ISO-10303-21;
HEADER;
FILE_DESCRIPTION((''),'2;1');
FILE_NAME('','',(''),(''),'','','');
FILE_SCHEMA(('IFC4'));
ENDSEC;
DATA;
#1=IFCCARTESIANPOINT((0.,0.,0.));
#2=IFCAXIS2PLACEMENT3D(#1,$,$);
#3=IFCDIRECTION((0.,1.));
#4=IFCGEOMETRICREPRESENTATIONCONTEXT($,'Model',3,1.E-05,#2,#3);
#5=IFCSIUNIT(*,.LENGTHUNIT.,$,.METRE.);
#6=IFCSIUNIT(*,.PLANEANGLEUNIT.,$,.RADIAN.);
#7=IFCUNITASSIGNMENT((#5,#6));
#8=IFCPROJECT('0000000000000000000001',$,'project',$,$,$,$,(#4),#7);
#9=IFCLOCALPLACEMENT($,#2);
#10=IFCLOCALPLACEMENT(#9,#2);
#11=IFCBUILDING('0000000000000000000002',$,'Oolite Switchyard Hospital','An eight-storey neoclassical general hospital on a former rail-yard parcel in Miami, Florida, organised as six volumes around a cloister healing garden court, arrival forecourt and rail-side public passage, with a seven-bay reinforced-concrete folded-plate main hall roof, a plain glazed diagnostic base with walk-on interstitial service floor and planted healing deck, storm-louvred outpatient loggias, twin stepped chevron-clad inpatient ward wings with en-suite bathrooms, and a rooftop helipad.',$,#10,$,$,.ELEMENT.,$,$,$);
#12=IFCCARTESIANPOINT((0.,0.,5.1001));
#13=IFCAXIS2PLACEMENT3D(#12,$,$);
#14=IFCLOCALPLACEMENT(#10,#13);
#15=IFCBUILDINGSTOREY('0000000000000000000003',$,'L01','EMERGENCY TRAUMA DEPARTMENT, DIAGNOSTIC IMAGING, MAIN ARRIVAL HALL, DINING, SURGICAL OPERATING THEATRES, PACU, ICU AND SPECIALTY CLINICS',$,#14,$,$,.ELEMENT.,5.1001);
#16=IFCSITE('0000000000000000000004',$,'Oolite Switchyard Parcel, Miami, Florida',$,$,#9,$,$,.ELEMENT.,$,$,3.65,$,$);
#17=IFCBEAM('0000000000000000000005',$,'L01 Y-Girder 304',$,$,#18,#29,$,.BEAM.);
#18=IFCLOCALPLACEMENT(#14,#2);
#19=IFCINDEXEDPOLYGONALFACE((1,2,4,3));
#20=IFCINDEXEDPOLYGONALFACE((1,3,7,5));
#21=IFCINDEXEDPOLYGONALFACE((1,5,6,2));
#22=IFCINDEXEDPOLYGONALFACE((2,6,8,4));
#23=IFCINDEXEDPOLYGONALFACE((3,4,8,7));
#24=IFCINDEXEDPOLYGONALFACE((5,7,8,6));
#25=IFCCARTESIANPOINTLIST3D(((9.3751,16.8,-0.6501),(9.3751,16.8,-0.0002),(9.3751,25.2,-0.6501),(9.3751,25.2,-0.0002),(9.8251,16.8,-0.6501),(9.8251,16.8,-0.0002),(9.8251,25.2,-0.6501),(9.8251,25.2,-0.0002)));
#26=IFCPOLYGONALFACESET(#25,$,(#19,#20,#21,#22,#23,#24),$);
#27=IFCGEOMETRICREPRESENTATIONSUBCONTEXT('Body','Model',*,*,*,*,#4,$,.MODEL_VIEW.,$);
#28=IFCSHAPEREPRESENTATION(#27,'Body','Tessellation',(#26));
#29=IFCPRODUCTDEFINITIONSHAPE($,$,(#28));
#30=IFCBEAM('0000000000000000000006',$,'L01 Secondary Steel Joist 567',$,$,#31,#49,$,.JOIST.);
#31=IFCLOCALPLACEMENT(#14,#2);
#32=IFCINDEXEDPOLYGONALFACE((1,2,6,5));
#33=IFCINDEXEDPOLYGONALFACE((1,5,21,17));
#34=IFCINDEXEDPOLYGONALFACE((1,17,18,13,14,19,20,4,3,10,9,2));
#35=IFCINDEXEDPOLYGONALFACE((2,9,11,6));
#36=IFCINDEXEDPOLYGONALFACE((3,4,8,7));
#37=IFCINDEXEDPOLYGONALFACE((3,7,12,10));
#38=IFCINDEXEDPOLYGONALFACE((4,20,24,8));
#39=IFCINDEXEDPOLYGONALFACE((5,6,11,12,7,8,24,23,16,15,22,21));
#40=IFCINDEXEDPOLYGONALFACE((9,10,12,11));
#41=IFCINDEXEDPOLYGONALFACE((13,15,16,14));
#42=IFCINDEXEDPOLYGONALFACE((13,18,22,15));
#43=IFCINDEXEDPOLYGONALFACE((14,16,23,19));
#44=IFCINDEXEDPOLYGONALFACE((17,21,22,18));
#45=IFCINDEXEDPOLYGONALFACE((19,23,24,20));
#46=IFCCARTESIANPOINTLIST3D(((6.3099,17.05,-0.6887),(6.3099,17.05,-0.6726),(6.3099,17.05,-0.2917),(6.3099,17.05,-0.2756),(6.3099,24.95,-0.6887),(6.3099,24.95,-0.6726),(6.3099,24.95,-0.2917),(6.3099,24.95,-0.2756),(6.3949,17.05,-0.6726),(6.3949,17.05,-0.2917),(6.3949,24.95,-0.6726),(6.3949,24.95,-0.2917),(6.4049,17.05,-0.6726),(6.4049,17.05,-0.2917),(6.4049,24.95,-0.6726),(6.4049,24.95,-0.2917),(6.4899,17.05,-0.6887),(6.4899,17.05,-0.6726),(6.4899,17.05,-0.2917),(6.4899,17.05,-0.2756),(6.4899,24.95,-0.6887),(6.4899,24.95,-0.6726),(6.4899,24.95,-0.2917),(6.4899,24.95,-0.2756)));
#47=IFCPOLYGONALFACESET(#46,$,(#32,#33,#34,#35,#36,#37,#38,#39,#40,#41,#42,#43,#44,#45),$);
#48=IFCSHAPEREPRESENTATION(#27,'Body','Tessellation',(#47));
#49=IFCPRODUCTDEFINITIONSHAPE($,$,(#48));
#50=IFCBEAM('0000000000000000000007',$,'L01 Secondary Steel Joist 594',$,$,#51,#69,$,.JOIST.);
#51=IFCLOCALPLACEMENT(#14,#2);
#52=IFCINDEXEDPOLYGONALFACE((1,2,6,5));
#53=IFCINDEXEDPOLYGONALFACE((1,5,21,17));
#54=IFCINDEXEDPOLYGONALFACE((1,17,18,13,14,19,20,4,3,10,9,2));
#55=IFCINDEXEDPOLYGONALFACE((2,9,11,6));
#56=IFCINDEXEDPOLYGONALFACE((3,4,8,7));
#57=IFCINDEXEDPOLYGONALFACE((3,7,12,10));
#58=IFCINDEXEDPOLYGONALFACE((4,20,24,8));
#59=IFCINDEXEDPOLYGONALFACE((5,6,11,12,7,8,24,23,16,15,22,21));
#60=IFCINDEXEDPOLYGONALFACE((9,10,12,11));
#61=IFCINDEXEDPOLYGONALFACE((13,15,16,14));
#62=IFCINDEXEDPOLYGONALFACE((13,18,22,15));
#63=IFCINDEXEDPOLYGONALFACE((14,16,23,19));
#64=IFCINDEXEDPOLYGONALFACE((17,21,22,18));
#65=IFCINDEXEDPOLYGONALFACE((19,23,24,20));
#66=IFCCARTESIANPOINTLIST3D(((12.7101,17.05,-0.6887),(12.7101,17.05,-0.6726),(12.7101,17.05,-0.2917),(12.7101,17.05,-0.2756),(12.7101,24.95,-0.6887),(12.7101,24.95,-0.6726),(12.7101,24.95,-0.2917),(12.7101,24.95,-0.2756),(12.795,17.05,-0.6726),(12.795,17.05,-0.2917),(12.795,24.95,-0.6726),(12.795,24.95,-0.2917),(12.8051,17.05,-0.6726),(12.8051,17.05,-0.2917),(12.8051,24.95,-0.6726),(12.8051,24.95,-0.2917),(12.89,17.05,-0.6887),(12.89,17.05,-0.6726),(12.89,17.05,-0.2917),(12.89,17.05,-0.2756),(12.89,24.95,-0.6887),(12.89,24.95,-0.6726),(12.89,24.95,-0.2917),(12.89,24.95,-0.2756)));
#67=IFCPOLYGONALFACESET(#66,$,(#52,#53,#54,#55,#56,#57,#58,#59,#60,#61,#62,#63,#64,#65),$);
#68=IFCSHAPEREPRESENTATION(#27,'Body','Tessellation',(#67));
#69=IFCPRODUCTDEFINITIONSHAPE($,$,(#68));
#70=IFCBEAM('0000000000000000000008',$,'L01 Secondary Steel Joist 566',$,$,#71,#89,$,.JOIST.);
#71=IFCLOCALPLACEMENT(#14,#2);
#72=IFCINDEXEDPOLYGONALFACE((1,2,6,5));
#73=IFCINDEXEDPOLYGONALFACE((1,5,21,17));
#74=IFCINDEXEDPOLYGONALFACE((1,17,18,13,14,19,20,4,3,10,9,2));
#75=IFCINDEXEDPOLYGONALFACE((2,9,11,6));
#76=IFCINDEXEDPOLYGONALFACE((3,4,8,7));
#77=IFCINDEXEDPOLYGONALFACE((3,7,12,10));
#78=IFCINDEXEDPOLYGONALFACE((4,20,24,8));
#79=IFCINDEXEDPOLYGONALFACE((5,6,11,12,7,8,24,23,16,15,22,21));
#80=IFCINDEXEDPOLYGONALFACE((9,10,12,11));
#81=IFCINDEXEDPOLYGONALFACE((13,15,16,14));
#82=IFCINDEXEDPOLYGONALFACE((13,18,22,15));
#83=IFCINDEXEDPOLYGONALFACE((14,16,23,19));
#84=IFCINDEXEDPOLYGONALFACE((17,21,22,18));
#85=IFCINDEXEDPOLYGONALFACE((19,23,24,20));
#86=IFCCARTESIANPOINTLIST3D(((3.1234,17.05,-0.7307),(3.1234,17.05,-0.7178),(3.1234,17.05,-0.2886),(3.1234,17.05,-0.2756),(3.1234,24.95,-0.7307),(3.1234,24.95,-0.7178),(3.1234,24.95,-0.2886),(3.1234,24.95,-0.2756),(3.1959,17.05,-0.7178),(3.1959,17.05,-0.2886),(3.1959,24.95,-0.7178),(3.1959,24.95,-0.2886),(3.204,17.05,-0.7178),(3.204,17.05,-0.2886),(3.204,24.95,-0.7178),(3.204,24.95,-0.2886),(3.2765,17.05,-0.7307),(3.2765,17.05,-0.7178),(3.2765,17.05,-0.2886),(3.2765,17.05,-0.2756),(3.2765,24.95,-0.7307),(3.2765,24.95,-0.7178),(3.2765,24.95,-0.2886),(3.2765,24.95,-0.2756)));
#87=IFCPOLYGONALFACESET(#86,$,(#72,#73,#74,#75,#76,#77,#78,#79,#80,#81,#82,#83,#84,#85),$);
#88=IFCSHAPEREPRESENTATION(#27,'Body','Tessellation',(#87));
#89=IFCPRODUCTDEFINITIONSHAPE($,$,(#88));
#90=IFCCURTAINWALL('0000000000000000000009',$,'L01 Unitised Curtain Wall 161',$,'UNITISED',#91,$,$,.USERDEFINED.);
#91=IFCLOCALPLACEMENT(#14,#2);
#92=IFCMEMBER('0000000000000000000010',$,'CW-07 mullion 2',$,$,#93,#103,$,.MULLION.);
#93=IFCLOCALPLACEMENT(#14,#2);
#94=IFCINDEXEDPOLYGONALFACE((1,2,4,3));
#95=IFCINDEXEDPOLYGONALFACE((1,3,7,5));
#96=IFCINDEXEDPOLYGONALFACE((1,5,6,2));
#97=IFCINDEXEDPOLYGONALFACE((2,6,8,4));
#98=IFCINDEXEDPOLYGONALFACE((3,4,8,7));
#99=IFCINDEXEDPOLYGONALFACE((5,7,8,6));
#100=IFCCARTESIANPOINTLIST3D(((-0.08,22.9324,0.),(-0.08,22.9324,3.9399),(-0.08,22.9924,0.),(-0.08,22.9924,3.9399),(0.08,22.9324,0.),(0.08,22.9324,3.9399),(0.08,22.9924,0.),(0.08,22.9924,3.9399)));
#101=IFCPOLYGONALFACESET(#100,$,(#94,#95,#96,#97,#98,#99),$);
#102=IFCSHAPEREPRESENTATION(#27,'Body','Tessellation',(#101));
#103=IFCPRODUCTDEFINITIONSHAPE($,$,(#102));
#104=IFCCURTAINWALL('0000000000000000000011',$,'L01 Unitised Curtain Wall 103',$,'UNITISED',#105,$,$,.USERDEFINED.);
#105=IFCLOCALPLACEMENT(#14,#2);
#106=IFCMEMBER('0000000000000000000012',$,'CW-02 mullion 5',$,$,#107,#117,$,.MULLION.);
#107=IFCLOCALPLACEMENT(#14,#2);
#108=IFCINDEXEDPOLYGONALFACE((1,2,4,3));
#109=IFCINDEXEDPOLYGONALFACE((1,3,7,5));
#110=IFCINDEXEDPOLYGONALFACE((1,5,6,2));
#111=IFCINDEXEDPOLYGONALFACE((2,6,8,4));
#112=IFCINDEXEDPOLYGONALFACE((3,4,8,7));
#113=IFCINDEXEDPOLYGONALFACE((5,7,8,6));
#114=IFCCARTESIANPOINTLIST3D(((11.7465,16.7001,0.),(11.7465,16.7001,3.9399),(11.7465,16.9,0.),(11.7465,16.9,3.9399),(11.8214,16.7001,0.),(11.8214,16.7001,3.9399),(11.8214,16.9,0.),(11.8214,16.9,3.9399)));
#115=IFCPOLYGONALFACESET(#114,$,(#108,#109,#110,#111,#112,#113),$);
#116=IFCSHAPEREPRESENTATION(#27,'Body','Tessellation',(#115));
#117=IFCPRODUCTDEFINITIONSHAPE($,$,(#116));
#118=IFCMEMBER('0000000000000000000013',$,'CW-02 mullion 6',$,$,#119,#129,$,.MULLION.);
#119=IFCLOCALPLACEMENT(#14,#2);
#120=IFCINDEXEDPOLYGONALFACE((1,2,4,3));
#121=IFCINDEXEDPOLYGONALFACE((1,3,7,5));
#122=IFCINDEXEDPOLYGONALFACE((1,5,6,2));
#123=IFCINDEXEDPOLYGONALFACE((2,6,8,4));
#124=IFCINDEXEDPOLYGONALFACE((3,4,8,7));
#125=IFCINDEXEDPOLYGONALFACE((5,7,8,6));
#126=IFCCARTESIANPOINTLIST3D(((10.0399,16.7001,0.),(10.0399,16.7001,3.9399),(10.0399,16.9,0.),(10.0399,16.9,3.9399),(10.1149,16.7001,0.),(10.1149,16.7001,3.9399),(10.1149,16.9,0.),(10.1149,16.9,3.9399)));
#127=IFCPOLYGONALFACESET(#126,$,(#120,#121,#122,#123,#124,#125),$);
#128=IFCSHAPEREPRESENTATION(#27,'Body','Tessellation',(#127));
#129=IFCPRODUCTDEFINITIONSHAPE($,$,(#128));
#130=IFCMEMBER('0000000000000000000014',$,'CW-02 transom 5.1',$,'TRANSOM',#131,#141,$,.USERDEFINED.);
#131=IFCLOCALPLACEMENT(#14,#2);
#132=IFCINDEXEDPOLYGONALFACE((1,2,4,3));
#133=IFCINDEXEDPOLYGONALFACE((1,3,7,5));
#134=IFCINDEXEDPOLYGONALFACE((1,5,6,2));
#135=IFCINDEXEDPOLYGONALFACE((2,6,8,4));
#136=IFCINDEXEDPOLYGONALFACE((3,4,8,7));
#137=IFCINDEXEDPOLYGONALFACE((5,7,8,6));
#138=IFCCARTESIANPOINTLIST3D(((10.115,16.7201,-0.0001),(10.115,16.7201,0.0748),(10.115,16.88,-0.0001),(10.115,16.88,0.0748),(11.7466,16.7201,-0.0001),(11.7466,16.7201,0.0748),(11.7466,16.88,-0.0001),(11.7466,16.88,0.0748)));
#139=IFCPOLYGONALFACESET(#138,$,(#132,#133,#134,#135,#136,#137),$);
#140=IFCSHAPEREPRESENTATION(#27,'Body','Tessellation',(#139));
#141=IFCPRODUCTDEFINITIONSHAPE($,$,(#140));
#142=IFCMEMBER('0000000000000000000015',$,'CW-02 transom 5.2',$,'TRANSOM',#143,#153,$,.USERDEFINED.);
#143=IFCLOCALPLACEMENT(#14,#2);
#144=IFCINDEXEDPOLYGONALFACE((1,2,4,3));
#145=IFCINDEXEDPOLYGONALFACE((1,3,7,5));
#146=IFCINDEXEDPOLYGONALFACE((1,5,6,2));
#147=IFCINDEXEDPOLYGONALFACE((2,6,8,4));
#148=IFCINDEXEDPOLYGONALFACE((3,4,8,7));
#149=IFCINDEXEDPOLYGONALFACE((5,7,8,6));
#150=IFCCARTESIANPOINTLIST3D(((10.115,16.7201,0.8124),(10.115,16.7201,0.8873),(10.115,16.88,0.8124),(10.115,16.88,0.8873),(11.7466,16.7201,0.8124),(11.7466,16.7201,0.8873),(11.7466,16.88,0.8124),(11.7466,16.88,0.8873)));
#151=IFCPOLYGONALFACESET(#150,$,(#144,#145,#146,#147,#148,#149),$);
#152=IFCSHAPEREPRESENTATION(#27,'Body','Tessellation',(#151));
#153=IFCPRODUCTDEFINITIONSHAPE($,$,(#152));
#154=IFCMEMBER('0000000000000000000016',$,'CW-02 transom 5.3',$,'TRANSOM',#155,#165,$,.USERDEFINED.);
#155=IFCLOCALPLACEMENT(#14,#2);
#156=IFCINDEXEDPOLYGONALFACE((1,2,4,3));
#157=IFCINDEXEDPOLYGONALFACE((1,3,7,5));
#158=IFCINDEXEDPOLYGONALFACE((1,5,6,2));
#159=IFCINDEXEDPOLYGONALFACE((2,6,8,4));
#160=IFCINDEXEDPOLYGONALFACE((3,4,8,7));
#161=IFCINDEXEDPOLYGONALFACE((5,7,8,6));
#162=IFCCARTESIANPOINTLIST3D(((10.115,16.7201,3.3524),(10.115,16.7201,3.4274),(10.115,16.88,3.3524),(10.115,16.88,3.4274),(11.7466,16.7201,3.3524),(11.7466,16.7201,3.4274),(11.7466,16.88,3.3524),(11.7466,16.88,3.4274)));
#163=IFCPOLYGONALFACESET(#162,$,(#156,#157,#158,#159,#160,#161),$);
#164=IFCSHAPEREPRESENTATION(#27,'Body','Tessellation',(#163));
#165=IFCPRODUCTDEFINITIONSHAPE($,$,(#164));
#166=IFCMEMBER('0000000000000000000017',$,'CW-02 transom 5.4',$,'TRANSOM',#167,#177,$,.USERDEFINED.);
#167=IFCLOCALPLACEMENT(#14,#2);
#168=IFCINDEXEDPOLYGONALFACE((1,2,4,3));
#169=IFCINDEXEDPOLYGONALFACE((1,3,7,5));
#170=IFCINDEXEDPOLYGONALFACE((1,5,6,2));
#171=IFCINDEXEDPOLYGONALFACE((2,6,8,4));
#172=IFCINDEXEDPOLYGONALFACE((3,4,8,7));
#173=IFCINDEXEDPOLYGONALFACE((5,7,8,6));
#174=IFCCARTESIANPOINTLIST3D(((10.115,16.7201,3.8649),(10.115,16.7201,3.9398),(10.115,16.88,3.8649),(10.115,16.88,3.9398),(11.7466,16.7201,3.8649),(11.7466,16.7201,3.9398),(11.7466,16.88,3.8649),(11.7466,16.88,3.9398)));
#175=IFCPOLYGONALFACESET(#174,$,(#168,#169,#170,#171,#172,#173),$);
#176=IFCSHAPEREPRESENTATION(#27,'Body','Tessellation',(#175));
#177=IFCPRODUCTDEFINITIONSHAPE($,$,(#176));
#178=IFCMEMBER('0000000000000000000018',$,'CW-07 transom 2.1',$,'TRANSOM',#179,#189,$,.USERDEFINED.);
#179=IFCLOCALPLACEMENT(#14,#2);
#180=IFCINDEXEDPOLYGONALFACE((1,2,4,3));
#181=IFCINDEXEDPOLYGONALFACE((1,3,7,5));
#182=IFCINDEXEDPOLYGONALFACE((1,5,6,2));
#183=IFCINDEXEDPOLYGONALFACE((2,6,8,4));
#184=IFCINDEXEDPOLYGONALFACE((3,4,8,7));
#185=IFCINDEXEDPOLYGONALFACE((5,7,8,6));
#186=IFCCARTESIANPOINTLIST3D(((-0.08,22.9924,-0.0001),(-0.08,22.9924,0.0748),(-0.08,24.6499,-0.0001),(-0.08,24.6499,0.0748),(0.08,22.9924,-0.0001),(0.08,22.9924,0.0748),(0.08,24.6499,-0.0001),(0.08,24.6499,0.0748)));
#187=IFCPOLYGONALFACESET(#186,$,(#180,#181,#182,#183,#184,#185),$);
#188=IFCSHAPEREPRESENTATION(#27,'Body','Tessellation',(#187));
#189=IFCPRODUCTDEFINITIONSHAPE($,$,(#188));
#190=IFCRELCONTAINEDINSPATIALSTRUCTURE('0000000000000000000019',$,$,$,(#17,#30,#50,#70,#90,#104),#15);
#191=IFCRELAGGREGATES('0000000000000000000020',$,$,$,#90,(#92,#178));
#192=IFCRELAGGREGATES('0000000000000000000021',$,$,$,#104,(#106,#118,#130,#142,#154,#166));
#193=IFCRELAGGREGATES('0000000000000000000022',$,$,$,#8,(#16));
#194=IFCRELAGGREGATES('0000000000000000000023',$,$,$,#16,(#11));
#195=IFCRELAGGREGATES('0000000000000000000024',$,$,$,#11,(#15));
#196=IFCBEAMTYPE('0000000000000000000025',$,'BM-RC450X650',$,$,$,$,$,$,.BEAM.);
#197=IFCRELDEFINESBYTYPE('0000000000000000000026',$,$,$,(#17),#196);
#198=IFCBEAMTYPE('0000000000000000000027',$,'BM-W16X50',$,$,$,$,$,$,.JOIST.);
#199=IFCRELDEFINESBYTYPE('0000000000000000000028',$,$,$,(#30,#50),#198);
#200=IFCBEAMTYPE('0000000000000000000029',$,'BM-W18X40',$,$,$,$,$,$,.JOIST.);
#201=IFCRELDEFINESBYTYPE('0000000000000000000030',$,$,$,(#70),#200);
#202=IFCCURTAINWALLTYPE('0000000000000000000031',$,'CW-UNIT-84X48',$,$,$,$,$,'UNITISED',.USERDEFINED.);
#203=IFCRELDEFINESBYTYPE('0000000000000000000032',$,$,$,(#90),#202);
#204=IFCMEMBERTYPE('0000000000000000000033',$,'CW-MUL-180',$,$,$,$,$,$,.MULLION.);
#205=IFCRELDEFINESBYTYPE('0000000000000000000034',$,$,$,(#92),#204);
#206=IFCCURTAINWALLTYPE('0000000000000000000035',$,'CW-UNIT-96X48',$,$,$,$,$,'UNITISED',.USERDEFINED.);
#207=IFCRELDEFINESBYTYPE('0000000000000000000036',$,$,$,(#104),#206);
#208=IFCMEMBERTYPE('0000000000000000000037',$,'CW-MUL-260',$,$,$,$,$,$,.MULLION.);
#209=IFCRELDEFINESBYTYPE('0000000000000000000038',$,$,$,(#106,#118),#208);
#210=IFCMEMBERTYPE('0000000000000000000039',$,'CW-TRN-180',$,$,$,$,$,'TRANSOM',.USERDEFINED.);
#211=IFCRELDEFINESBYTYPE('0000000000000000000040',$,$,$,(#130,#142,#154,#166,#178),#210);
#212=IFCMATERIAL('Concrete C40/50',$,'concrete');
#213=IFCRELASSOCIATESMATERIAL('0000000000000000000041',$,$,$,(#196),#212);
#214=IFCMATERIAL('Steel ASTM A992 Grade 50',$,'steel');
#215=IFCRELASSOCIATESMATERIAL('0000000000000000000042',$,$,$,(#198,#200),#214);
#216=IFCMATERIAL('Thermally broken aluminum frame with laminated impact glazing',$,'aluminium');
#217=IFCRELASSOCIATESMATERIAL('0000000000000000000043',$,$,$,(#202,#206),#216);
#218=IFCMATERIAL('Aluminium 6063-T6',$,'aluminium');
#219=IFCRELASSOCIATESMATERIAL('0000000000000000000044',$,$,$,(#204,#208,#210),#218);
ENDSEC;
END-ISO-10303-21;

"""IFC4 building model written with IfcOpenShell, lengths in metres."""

from ifc_helpers import new_model, si_unit, direction, frame, origin, origin_2d, place, context, subcontext, project, spatial, rectangle, i_section, extrude, material, material_profile, profile_set, type_object, element, aggregate, save


model = new_model("IFC4")

# Units and contexts
model_context = context("Model", 3, precision=1e-05, world=origin(), true_north=direction((0.0, 1.0)))
body_context = subcontext(model_context, "Body", "Model", "MODEL_VIEW")
ifc_project = project(units=[si_unit("LENGTHUNIT", "METRE"), si_unit("PLANEANGLEUNIT", "RADIAN")], contexts=[model_context])

# Site, building, storey
site_placement = place(None, origin())
site = spatial("IfcSite", under=ifc_project, at=site_placement, Name="Oolite Switchyard Parcel, Miami, Florida", CompositionType="ELEMENT", RefElevation=3.65)
building_placement = place(site_placement, origin())
building = spatial("IfcBuilding", under=site, at=building_placement, Name="Oolite Switchyard Hospital", Description="An eight-storey neoclassical general hospital on a former rail-yard parcel in Miami, Florida, organised as six volumes around a cloister healing garden court, arrival forecourt and rail-side public passage, with a seven-bay reinforced-concrete folded-plate main hall roof, a plain glazed diagnostic base with walk-on interstitial service floor and planted healing deck, storm-louvred outpatient loggias, twin stepped chevron-clad inpatient ward wings with en-suite bathrooms, and a rooftop helipad.", CompositionType="ELEMENT")
storey_placement = place(building_placement, frame((0.0, 0.0, 5.1001)))
storey = spatial("IfcBuildingStorey", under=building, at=storey_placement, Name="L01", Description="EMERGENCY TRAUMA DEPARTMENT, DIAGNOSTIC IMAGING, MAIN ARRIVAL HALL, DINING, SURGICAL OPERATING THEATRES, PACU, ICU AND SPECIALTY CLINICS", CompositionType="ELEMENT", Elevation=5.1001)

# Beams
ifc_material_1 = material(Name="Concrete C40/50", Category="concrete")
ifc_material_profile_1 = material_profile(ifc_material_1, rectangle(XDim=0.45, YDim=0.6499, at=origin_2d()), Name="RCB450X650")
ifc_profile_set_1 = profile_set([ifc_material_profile_1], Name="Concrete C40/50")
beam_type_1 = type_object("IfcBeamType", Name="BM-RC450X650", PredefinedType="BEAM", material=ifc_profile_set_1)
beam_1_placement = place(storey_placement, frame((9.6001, 16.8, -0.3252), z_axis=(0.0, 1.0, 0.0), x_axis=(-1.0, 0.0, 0.0)))
element("IfcBeam", 1, at=beam_1_placement, inside=storey, type_object=beam_type_1, Name="L01 Y-Girder 304", PredefinedType="BEAM", context=body_context, shape_type="SweptSolid", body=[
    extrude(rectangle(XDim=0.45, YDim=0.6499, at=origin_2d()), origin(), (0.0, 0.0, 1.0), 8.3999),
])
ifc_material_2 = material(Name="Steel ASTM A992 Grade 50", Category="steel")
ifc_material_profile_2 = material_profile(ifc_material_2, i_section(OverallWidth=0.1799, OverallDepth=0.4131, WebThickness=0.01, FlangeThickness=0.0161, at=origin_2d()), Name="W16X50")
ifc_profile_set_2 = profile_set([ifc_material_profile_2], Name="Steel ASTM A992 Grade 50")
beam_type_2 = type_object("IfcBeamType", Name="BM-W16X50", PredefinedType="JOIST", material=ifc_profile_set_2)
for number, where, z_axis, x_axis, name in (
    (2, (6.3999, 17.05, -0.4822), (0.0, 1.0, 0.0), (-1.0, 0.0, 0.0), "L01 Secondary Steel Joist 567"),
    (3, (12.8, 17.05, -0.4822), (0.0, 1.0, 0.0), (-1.0, 0.0, 0.0), "L01 Secondary Steel Joist 594"),
):
    element("IfcBeam", number, at=place(storey_placement, frame(where, z_axis=z_axis, x_axis=x_axis)), inside=storey, type_object=beam_type_2, Name=name, PredefinedType="JOIST", context=body_context, shape_type="SweptSolid", body=[
        extrude(i_section(OverallWidth=0.1799, OverallDepth=0.4131, WebThickness=0.01, FlangeThickness=0.0161, at=origin_2d()), origin(), (0.0, 0.0, 1.0), 7.8999),
    ])
ifc_material_profile_3 = material_profile(ifc_material_2, i_section(OverallWidth=0.1531, OverallDepth=0.4551, WebThickness=0.0081, FlangeThickness=0.0129, at=origin_2d()), Name="W18X40")
ifc_profile_set_3 = profile_set([ifc_material_profile_3], Name="Steel ASTM A992 Grade 50")
beam_type_3 = type_object("IfcBeamType", Name="BM-W18X40", PredefinedType="JOIST", material=ifc_profile_set_3)
beam_2_placement = place(storey_placement, frame((3.2, 17.05, -0.5032), z_axis=(0.0, 1.0, 0.0), x_axis=(-1.0, 0.0, 0.0)))
element("IfcBeam", 4, at=beam_2_placement, inside=storey, type_object=beam_type_3, Name="L01 Secondary Steel Joist 566", PredefinedType="JOIST", context=body_context, shape_type="SweptSolid", body=[
    extrude(i_section(OverallWidth=0.1531, OverallDepth=0.4551, WebThickness=0.0081, FlangeThickness=0.0129, at=origin_2d()), origin(), (0.0, 0.0, 1.0), 7.8999),
])

# Curtain wall, member
ifc_material_3 = material(Name="Thermally broken aluminum frame with laminated impact glazing", Category="aluminium")
curtain_wall_type_1 = type_object("IfcCurtainWallType", Name="CW-UNIT-84X48", ElementType="UNITISED", PredefinedType="USERDEFINED", material=ifc_material_3)
curtain_wall_1_placement = place(storey_placement, origin())
curtain_wall_1 = element("IfcCurtainWall", 5, at=curtain_wall_1_placement, inside=storey, type_object=curtain_wall_type_1, Name="L01 Unitised Curtain Wall 161", ObjectType="UNITISED", PredefinedType="USERDEFINED")
ifc_material_4 = material(Name="Aluminium 6063-T6", Category="aluminium")
ifc_material_profile_4 = material_profile(ifc_material_4, rectangle(XDim=0.1599, YDim=0.0601, at=origin_2d()), Name="CWM60X160")
ifc_profile_set_4 = profile_set([ifc_material_profile_4], Name="Aluminium 6063-T6")
member_type_1 = type_object("IfcMemberType", Name="CW-MUL-180", PredefinedType="MULLION", material=ifc_profile_set_4)
member_1_placement = place(storey_placement, frame((0.0, 22.9624, 0.0), z_axis=(0.0, 0.0, 1.0), x_axis=(-1.0, 0.0, 0.0)))
member_1 = element("IfcMember", 6, at=member_1_placement, type_object=member_type_1, Name="CW-07 mullion 2", PredefinedType="MULLION", context=body_context, shape_type="SweptSolid", body=[
    extrude(rectangle(XDim=0.1599, YDim=0.0601, at=origin_2d()), origin(), (0.0, 0.0, 1.0), 3.9399),
])

# Curtain wall, members
curtain_wall_type_2 = type_object("IfcCurtainWallType", Name="CW-UNIT-96X48", ElementType="UNITISED", PredefinedType="USERDEFINED", material=ifc_material_3)
curtain_wall_2_placement = place(storey_placement, origin())
curtain_wall_2 = element("IfcCurtainWall", 7, at=curtain_wall_2_placement, inside=storey, type_object=curtain_wall_type_2, Name="L01 Unitised Curtain Wall 103", ObjectType="UNITISED", PredefinedType="USERDEFINED")
ifc_material_profile_5 = material_profile(ifc_material_4, rectangle(XDim=0.2, YDim=0.075, at=origin_2d()), Name="CWM75X200")
ifc_profile_set_5 = profile_set([ifc_material_profile_5], Name="Aluminium 6063-T6")
member_type_2 = type_object("IfcMemberType", Name="CW-MUL-260", PredefinedType="MULLION", material=ifc_profile_set_5)
member_2_placement = place(storey_placement, frame((11.7839, 16.8, 0.0), z_axis=(0.0, 0.0, 1.0), x_axis=(0.0, -1.0, 0.0)))
member_2 = element("IfcMember", 8, at=member_2_placement, type_object=member_type_2, Name="CW-02 mullion 5", PredefinedType="MULLION", context=body_context, shape_type="SweptSolid", body=[
    extrude(rectangle(XDim=0.2, YDim=0.075, at=origin_2d()), origin(), (0.0, 0.0, 1.0), 3.9399),
])
member_3_placement = place(storey_placement, frame((10.0774, 16.8, 0.0), z_axis=(0.0, 0.0, 1.0), x_axis=(0.0, -1.0, 0.0)))
member_3 = element("IfcMember", 9, at=member_3_placement, type_object=member_type_2, Name="CW-02 mullion 6", PredefinedType="MULLION", context=body_context, shape_type="SweptSolid", body=[
    extrude(rectangle(XDim=0.2, YDim=0.075, at=origin_2d()), origin(), (0.0, 0.0, 1.0), 3.9399),
])
ifc_material_profile_6 = material_profile(ifc_material_4, rectangle(XDim=0.1599, YDim=0.075, at=origin_2d()), Name="CWT75X160")
ifc_profile_set_6 = profile_set([ifc_material_profile_6], Name="Aluminium 6063-T6")
member_type_3 = type_object("IfcMemberType", Name="CW-TRN-180", ElementType="TRANSOM", PredefinedType="USERDEFINED", material=ifc_profile_set_6)
member_4_placement = place(storey_placement, frame((11.7466, 16.8, 0.0374), z_axis=(-1.0, 0.0, 0.0), x_axis=(0.0, -1.0, 0.0)))
member_4 = element("IfcMember", 10, at=member_4_placement, type_object=member_type_3, Name="CW-02 transom 5.1", ObjectType="TRANSOM", PredefinedType="USERDEFINED", context=body_context, shape_type="SweptSolid", body=[
    extrude(rectangle(XDim=0.1599, YDim=0.075, at=origin_2d()), origin(), (0.0, 0.0, 1.0), 1.6316),
])
member_5_placement = place(storey_placement, frame((11.7466, 16.8, 0.8499), z_axis=(-1.0, 0.0, 0.0), x_axis=(0.0, -1.0, 0.0)))
member_5 = element("IfcMember", 11, at=member_5_placement, type_object=member_type_3, Name="CW-02 transom 5.2", ObjectType="TRANSOM", PredefinedType="USERDEFINED", context=body_context, shape_type="SweptSolid", body=[
    extrude(rectangle(XDim=0.1599, YDim=0.075, at=origin_2d()), origin(), (0.0, 0.0, 1.0), 1.6316),
])
member_6_placement = place(storey_placement, frame((11.7466, 16.8, 3.3899), z_axis=(-1.0, 0.0, 0.0), x_axis=(0.0, -1.0, 0.0)))
member_6 = element("IfcMember", 12, at=member_6_placement, type_object=member_type_3, Name="CW-02 transom 5.3", ObjectType="TRANSOM", PredefinedType="USERDEFINED", context=body_context, shape_type="SweptSolid", body=[
    extrude(rectangle(XDim=0.1599, YDim=0.075, at=origin_2d()), origin(), (0.0, 0.0, 1.0), 1.6316),
])
member_7_placement = place(storey_placement, frame((11.7466, 16.8, 3.9023), z_axis=(-1.0, 0.0, 0.0), x_axis=(0.0, -1.0, 0.0)))
member_7 = element("IfcMember", 13, at=member_7_placement, type_object=member_type_3, Name="CW-02 transom 5.4", ObjectType="TRANSOM", PredefinedType="USERDEFINED", context=body_context, shape_type="SweptSolid", body=[
    extrude(rectangle(XDim=0.1599, YDim=0.075, at=origin_2d()), origin(), (0.0, 0.0, 1.0), 1.6316),
])

# Member
member_8_placement = place(storey_placement, frame((0.0, 22.9924, 0.0374), z_axis=(0.0, 1.0, 0.0), x_axis=(-1.0, 0.0, 0.0)))
member_8 = element("IfcMember", 14, at=member_8_placement, type_object=member_type_3, Name="CW-07 transom 2.1", ObjectType="TRANSOM", PredefinedType="USERDEFINED", context=body_context, shape_type="SweptSolid", body=[
    extrude(rectangle(XDim=0.1599, YDim=0.075, at=origin_2d()), origin(), (0.0, 0.0, 1.0), 1.6575),
])

aggregate(curtain_wall_1, [member_1, member_8])
aggregate(curtain_wall_2, [member_2, member_3, member_4, member_5, member_6, member_7])

save(model, "model.ifc")
